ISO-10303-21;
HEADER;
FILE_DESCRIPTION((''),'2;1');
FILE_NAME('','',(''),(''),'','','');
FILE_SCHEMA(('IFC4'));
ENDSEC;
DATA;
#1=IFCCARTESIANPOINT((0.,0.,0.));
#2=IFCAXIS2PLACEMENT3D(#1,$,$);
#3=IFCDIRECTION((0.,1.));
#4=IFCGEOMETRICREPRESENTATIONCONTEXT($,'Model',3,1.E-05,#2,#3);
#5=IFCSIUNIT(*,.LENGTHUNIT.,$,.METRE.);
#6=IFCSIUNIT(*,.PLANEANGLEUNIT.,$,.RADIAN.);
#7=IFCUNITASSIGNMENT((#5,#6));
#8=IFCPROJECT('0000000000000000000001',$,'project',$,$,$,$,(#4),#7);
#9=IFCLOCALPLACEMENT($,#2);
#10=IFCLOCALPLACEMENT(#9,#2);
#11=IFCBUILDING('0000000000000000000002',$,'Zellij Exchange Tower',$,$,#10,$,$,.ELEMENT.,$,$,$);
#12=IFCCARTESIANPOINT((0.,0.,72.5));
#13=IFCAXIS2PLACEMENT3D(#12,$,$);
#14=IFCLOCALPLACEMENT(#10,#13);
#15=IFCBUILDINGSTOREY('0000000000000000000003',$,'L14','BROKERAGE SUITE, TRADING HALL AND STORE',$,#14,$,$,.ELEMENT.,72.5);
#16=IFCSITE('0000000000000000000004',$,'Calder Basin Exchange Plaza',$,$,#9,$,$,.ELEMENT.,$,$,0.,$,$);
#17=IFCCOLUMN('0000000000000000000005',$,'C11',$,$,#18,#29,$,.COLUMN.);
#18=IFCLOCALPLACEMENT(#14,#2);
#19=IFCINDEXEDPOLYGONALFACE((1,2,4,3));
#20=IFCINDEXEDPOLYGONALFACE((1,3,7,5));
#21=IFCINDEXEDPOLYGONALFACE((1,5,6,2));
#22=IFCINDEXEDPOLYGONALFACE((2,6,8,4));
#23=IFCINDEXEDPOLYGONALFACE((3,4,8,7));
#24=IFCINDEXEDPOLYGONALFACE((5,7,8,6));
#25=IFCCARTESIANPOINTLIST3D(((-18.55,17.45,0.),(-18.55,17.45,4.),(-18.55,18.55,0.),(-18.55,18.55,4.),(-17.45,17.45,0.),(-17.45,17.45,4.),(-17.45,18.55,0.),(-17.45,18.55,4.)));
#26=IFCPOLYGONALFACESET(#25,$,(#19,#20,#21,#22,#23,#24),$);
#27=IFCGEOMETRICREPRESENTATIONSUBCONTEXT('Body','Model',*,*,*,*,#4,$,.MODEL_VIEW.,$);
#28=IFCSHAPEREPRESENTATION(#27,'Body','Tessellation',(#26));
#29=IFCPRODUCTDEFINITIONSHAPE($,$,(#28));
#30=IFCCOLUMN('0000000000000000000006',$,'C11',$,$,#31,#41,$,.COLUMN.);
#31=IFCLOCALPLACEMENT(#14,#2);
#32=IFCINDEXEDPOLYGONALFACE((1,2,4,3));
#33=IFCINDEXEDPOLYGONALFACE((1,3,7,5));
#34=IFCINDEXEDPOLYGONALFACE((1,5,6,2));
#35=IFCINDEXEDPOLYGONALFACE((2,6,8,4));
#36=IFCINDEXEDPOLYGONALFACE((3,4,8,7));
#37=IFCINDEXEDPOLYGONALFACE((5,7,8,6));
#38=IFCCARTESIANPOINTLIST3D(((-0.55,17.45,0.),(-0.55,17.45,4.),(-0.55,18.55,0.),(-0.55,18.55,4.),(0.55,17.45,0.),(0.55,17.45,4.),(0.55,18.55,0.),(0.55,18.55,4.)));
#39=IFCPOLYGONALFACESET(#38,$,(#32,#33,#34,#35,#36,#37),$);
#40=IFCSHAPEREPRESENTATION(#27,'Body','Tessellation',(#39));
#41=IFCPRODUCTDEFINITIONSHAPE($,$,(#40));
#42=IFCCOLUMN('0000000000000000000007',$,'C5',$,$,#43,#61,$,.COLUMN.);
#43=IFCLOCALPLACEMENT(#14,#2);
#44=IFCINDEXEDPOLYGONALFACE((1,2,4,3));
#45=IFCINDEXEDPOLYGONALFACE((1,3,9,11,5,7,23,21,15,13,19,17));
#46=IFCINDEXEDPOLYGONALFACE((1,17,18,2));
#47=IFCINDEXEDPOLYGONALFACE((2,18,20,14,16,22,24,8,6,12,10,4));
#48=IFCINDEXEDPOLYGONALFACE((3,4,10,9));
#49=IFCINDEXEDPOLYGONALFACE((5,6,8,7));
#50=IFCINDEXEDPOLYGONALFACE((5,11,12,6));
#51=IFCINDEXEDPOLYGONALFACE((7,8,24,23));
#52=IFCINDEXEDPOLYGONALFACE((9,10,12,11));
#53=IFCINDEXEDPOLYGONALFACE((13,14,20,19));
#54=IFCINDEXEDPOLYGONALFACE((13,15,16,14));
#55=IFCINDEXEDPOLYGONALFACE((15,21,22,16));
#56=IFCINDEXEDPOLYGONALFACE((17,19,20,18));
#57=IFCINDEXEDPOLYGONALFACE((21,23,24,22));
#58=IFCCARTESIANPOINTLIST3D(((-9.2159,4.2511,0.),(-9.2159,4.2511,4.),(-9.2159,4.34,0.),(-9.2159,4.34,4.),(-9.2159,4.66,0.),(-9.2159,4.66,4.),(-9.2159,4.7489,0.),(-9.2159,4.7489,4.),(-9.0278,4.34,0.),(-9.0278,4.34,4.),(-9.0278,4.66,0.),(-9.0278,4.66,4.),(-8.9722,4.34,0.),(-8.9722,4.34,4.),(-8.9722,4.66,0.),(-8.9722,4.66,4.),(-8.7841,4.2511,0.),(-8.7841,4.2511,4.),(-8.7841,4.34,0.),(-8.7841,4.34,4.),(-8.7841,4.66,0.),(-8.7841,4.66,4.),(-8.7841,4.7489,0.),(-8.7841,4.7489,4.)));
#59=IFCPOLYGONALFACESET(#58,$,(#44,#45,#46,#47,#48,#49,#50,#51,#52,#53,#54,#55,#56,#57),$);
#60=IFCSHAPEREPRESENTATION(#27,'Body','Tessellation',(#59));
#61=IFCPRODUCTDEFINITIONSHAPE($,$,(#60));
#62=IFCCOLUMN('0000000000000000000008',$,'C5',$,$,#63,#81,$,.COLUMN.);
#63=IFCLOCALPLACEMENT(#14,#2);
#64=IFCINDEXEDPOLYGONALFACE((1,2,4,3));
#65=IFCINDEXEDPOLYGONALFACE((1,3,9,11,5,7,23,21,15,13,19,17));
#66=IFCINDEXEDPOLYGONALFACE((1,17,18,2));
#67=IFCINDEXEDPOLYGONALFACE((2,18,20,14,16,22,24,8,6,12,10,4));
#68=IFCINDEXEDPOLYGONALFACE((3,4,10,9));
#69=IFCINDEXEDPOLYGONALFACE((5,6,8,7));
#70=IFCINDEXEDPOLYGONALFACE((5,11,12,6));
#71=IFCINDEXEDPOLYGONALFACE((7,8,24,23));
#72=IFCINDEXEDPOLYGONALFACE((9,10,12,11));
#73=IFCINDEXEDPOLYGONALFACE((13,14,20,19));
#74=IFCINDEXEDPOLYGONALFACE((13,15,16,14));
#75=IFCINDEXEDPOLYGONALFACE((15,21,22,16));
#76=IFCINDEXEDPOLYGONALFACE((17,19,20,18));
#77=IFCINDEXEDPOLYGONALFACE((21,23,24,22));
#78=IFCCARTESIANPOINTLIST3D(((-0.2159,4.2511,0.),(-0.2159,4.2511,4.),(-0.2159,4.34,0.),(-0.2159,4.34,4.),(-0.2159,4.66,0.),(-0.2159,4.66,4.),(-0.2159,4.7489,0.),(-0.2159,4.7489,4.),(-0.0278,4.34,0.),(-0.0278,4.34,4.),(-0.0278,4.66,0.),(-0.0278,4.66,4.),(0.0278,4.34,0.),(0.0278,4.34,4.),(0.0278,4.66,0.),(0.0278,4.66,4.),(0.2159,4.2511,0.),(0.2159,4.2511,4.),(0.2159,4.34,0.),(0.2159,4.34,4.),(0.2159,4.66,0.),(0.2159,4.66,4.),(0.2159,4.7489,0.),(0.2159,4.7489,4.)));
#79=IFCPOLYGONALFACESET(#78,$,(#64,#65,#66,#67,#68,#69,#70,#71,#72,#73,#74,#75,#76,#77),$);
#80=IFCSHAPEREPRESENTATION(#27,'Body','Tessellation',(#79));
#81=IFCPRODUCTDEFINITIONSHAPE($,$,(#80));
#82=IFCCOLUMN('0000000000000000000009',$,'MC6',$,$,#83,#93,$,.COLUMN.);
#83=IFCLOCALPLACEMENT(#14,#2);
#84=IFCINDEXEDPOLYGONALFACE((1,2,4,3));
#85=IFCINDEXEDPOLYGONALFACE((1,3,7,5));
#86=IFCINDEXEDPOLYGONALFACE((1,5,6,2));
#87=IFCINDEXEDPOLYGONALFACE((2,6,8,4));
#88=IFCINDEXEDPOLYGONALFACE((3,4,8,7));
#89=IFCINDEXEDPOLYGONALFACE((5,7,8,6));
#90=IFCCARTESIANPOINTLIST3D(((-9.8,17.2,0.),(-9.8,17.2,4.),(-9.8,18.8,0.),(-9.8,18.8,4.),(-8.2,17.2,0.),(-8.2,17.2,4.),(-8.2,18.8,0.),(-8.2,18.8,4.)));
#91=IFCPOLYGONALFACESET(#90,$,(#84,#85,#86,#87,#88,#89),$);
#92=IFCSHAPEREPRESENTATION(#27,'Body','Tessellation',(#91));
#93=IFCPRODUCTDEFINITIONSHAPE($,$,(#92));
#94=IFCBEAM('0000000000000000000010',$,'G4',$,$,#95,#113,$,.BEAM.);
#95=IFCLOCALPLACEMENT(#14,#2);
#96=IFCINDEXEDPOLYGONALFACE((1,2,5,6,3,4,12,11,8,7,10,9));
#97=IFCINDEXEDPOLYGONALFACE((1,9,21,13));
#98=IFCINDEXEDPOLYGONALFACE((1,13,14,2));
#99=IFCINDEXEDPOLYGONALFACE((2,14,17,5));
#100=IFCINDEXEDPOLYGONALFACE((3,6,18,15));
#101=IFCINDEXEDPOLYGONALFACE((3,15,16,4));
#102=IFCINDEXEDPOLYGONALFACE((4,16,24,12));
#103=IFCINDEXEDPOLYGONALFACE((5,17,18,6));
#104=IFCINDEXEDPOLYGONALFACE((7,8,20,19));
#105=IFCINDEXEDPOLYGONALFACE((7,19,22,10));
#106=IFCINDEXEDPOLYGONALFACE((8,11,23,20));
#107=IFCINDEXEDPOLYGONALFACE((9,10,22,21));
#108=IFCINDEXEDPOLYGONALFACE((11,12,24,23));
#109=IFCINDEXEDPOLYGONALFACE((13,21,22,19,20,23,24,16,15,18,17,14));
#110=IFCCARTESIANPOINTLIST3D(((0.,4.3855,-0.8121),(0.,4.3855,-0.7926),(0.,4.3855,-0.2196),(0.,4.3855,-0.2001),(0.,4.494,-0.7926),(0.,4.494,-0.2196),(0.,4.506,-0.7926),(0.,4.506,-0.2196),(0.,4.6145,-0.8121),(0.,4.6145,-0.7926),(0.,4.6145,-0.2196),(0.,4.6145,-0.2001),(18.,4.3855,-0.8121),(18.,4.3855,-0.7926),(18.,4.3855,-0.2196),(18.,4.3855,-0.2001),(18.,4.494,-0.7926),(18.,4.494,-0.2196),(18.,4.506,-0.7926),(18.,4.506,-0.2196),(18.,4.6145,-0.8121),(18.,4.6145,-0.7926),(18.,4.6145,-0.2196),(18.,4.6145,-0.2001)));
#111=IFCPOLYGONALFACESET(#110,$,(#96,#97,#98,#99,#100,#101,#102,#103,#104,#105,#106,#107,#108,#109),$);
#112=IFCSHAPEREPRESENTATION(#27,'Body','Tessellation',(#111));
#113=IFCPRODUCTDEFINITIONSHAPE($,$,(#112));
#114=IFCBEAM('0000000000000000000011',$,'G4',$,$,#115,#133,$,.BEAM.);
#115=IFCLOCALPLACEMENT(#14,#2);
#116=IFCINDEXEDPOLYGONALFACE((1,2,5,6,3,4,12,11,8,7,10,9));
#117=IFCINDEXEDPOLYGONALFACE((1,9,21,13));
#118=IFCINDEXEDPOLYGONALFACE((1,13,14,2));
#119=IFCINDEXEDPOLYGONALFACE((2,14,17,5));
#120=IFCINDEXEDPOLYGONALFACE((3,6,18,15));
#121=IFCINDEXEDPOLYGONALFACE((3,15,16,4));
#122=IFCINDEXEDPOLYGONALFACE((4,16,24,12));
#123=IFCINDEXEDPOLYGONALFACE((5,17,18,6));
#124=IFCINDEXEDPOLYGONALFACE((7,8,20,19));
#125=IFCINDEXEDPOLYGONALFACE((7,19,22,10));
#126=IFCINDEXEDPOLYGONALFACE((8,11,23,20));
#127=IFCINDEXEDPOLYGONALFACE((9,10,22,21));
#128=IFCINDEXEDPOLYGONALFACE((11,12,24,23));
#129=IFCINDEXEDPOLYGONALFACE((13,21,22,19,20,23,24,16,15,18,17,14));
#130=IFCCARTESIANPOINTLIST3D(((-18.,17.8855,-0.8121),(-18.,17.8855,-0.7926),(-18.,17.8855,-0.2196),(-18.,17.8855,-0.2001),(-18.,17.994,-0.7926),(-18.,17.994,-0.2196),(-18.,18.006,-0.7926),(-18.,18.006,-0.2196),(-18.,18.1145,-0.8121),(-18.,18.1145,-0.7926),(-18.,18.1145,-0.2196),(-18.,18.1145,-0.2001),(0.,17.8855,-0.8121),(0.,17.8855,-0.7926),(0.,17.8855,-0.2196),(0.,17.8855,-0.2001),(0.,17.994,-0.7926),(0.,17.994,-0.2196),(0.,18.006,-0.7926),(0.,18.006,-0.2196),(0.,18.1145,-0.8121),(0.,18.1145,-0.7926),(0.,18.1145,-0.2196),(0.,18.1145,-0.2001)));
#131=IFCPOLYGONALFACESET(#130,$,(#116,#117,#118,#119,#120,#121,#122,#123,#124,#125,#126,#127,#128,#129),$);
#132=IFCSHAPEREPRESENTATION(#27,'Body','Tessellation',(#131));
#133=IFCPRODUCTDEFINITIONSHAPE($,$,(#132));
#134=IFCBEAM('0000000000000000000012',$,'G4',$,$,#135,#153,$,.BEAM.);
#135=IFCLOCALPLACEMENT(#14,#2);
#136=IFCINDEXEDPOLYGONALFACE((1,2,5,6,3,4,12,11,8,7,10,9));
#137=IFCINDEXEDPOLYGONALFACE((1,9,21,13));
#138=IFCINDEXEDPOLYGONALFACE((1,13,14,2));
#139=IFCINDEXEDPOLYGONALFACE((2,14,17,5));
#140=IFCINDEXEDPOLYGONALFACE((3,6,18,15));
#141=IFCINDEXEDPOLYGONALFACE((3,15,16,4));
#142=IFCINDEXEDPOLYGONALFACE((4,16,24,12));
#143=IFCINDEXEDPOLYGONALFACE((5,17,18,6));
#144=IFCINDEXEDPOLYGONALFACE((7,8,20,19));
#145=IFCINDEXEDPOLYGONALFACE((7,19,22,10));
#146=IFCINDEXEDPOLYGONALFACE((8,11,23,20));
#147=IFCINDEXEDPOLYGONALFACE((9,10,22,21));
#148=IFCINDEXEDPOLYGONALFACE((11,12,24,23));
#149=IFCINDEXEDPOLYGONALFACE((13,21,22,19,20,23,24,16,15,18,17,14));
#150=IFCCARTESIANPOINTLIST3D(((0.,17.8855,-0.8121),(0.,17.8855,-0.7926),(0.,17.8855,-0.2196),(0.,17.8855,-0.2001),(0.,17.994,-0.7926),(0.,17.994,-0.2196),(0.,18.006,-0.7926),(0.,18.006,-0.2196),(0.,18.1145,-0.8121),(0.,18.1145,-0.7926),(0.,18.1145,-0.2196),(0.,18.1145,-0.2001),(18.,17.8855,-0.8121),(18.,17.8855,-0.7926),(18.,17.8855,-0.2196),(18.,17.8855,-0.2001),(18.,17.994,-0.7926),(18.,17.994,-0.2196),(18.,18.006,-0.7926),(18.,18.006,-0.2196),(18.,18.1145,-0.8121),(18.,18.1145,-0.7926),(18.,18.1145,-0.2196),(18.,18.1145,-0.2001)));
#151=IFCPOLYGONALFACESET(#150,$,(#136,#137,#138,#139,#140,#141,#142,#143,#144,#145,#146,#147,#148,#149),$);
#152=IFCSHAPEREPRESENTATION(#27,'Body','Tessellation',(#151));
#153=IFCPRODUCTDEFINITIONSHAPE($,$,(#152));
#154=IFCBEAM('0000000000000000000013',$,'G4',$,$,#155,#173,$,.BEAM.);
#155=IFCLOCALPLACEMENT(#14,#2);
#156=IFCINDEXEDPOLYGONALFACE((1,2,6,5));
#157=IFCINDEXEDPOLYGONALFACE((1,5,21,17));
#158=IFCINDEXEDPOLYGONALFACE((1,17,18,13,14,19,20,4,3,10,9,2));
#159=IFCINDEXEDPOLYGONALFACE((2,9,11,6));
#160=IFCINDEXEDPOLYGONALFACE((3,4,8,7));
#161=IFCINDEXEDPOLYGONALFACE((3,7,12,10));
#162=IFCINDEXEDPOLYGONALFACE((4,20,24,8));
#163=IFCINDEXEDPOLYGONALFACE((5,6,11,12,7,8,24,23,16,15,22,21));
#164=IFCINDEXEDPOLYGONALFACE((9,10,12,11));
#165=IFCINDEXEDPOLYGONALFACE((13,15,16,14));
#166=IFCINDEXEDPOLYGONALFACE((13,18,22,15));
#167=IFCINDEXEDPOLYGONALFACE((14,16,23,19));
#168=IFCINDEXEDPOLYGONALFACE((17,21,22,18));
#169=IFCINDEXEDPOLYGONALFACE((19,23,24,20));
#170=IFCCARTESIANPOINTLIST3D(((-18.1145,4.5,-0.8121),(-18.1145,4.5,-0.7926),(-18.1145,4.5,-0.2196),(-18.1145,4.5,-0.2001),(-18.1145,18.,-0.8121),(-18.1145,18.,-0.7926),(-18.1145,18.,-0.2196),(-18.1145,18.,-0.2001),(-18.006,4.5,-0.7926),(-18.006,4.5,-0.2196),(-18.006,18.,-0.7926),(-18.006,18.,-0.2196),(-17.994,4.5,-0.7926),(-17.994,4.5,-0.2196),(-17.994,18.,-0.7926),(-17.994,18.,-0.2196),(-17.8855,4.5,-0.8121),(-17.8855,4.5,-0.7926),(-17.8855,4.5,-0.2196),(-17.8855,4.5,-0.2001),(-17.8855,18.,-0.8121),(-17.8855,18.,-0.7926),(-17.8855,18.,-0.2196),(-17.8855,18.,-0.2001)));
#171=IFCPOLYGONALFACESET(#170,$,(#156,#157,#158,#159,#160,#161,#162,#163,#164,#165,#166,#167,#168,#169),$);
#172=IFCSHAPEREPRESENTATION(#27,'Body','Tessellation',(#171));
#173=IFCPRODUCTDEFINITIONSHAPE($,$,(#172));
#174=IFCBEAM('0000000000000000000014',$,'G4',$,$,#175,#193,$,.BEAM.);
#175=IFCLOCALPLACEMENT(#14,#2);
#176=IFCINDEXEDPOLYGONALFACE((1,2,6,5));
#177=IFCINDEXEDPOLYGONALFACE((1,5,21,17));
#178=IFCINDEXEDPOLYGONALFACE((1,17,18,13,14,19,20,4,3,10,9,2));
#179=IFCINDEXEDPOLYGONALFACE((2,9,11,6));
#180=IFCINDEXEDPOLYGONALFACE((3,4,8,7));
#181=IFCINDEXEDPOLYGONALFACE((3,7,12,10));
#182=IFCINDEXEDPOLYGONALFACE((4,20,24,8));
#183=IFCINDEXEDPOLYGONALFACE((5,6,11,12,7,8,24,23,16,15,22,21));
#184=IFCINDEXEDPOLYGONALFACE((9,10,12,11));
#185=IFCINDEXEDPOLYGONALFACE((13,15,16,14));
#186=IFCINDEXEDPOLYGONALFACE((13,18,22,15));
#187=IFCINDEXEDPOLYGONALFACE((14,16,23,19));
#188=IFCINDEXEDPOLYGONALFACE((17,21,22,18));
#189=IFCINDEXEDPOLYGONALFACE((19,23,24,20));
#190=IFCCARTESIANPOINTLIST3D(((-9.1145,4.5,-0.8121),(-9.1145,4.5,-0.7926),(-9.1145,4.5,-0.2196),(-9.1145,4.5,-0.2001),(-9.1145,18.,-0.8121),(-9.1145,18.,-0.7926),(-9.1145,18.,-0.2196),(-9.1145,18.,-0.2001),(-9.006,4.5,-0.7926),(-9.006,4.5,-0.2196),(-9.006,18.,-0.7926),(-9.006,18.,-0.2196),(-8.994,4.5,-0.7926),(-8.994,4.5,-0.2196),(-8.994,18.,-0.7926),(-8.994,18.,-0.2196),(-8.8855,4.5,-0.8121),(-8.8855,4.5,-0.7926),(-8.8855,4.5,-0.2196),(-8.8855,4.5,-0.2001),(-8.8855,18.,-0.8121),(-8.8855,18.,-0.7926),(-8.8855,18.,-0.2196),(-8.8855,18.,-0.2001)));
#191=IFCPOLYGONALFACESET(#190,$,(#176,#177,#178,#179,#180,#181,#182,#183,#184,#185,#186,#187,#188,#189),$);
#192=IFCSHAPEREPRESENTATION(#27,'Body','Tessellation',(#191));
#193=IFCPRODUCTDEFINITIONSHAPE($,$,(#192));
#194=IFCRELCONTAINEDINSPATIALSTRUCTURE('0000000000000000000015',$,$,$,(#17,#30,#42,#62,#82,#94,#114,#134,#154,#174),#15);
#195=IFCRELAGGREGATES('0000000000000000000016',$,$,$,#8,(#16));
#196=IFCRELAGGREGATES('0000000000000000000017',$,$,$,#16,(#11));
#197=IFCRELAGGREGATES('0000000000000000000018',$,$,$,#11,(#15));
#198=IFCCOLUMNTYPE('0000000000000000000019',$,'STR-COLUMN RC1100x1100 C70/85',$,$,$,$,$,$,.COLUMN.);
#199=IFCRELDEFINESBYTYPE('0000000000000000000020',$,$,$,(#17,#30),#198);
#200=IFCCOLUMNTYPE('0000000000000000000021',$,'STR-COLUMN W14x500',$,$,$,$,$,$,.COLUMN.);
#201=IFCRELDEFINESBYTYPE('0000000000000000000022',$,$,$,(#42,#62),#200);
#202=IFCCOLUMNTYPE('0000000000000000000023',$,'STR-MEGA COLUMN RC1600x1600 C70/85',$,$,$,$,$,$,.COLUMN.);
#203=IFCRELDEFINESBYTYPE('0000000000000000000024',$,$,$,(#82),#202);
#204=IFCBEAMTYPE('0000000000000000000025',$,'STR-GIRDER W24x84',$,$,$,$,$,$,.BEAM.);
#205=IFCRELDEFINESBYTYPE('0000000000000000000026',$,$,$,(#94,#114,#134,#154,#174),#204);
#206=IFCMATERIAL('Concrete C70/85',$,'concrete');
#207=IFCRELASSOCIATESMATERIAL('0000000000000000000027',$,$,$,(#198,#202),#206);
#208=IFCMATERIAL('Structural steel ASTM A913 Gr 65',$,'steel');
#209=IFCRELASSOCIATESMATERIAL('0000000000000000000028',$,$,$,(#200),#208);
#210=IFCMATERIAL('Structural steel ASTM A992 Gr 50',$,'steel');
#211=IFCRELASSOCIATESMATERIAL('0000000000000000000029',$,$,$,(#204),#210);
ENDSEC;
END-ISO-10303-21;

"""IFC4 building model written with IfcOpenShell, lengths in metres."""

from ifc_helpers import new_model, si_unit, direction, frame, origin, origin_2d, place, context, subcontext, project, spatial, rectangle, i_section, extrude, material, material_profile, profile_set, type_object, element, save


model = new_model("IFC4")

# Units and contexts
model_context = context("Model", 3, precision=1e-05, world=origin(), true_north=direction((0.0, 1.0)))
body_context = subcontext(model_context, "Body", "Model", "MODEL_VIEW")
ifc_project = project(units=[si_unit("LENGTHUNIT", "METRE"), si_unit("PLANEANGLEUNIT", "RADIAN")], contexts=[model_context])

# Site, building, storey
site_placement = place(None, origin())
site = spatial("IfcSite", under=ifc_project, at=site_placement, Name="Calder Basin Exchange Plaza", CompositionType="ELEMENT", RefElevation=0.0)
building_placement = place(site_placement, origin())
building = spatial("IfcBuilding", under=site, at=building_placement, Name="Zellij Exchange Tower", CompositionType="ELEMENT")
storey_placement = place(building_placement, frame((0.0, 0.0, 72.5)))
storey = spatial("IfcBuildingStorey", under=building, at=storey_placement, Name="L14", Description="BROKERAGE SUITE, TRADING HALL AND STORE", CompositionType="ELEMENT", Elevation=72.5)

# Columns
ifc_material_1 = material(Name="Concrete C70/85", Category="concrete")
ifc_material_profile_1 = material_profile(ifc_material_1, rectangle(XDim=1.1001, YDim=1.1001, at=origin_2d()), Name="STR-COLUMN RC1100x1100 C70/85")
ifc_profile_set_1 = profile_set([ifc_material_profile_1], Name="Concrete C70/85")
column_type_1 = type_object("IfcColumnType", Name="STR-COLUMN RC1100x1100 C70/85", PredefinedType="COLUMN", material=ifc_profile_set_1)
for number, where, z_axis, x_axis, name in (
    (1, (-18.0, 18.0, 0.0), (0.0, 0.0, 1.0), (1.0, 0.0, 0.0), "C11"),
    (2, (0.0, 18.0, 0.0), (0.0, 0.0, 1.0), (1.0, 0.0, 0.0), "C11"),
):
    element("IfcColumn", number, at=place(storey_placement, frame(where, z_axis=z_axis, x_axis=x_axis)), inside=storey, type_object=column_type_1, Name=name, PredefinedType="COLUMN", context=body_context, shape_type="SweptSolid", body=[
        extrude(rectangle(XDim=1.1001, YDim=1.1001, at=origin_2d()), origin(), (0.0, 0.0, 1.0), 4.0),
    ])
ifc_material_2 = material(Name="Structural steel ASTM A913 Gr 65", Category="steel")
ifc_material_profile_2 = material_profile(ifc_material_2, i_section(OverallWidth=0.4319, OverallDepth=0.4978, WebThickness=0.0557, FlangeThickness=0.0889, at=origin_2d()), Name="W14x500")
ifc_profile_set_2 = profile_set([ifc_material_profile_2], Name="Structural steel ASTM A913 Gr 65")
column_type_2 = type_object("IfcColumnType", Name="STR-COLUMN W14x500", PredefinedType="COLUMN", material=ifc_profile_set_2)
for number, where, z_axis, x_axis, name in (
    (3, (-9.0, 4.5, 0.0), (0.0, 0.0, 1.0), (1.0, 0.0, 0.0), "C5"),
    (4, (0.0, 4.5, 0.0), (0.0, 0.0, 1.0), (1.0, 0.0, 0.0), "C5"),
):
    element("IfcColumn", number, at=place(storey_placement, frame(where, z_axis=z_axis, x_axis=x_axis)), inside=storey, type_object=column_type_2, Name=name, PredefinedType="COLUMN", context=body_context, shape_type="SweptSolid", body=[
        extrude(i_section(OverallWidth=0.4319, OverallDepth=0.4978, WebThickness=0.0557, FlangeThickness=0.0889, at=origin_2d()), origin(), (0.0, 0.0, 1.0), 4.0),
    ])
ifc_material_profile_3 = material_profile(ifc_material_1, rectangle(XDim=1.6001, YDim=1.6001, at=origin_2d()), Name="STR-MEGA COLUMN RC1600x1600 C70/85")
ifc_profile_set_3 = profile_set([ifc_material_profile_3], Name="Concrete C70/85")
column_type_3 = type_object("IfcColumnType", Name="STR-MEGA COLUMN RC1600x1600 C70/85", PredefinedType="COLUMN", material=ifc_profile_set_3)
column_placement = place(storey_placement, frame((-9.0, 18.0, 0.0), z_axis=(0.0, 0.0, 1.0), x_axis=(1.0, 0.0, 0.0)))
element("IfcColumn", 5, at=column_placement, inside=storey, type_object=column_type_3, Name="MC6", PredefinedType="COLUMN", context=body_context, shape_type="SweptSolid", body=[
    extrude(rectangle(XDim=1.6001, YDim=1.6001, at=origin_2d()), origin(), (0.0, 0.0, 1.0), 4.0),
])

# Beams
ifc_material_3 = material(Name="Structural steel ASTM A992 Gr 50", Category="steel")
ifc_material_profile_4 = material_profile(ifc_material_3, i_section(OverallWidth=0.229, OverallDepth=0.6121, WebThickness=0.012, FlangeThickness=0.0195, at=origin_2d()), Name="W24x84")
ifc_profile_set_4 = profile_set([ifc_material_profile_4], Name="Structural steel ASTM A992 Gr 50")
beam_type = type_object("IfcBeamType", Name="STR-GIRDER W24x84", PredefinedType="BEAM", material=ifc_profile_set_4)
for number, where, z_axis, x_axis, name in (
    (6, (0.0, 4.5, -0.5061), (1.0, 0.0, 0.0), (0.0, 1.0, 0.0), "G4"),
    (7, (-18.0, 18.0, -0.5061), (1.0, 0.0, 0.0), (0.0, 1.0, 0.0), "G4"),
    (8, (0.0, 18.0, -0.5061), (1.0, 0.0, 0.0), (0.0, 1.0, 0.0), "G4"),
):
    element("IfcBeam", number, at=place(storey_placement, frame(where, z_axis=z_axis, x_axis=x_axis)), inside=storey, type_object=beam_type, Name=name, PredefinedType="BEAM", context=body_context, shape_type="SweptSolid", body=[
        extrude(i_section(OverallWidth=0.229, OverallDepth=0.6121, WebThickness=0.012, FlangeThickness=0.0195, at=origin_2d()), origin(), (0.0, 0.0, 1.0), 18.0),
    ])
for number, where, z_axis, x_axis, name in (
    (9, (-18.0, 4.5, -0.5061), (0.0, 1.0, 0.0), (-1.0, 0.0, 0.0), "G4"),
    (10, (-9.0, 4.5, -0.5061), (0.0, 1.0, 0.0), (-1.0, 0.0, 0.0), "G4"),
):
    element("IfcBeam", number, at=place(storey_placement, frame(where, z_axis=z_axis, x_axis=x_axis)), inside=storey, type_object=beam_type, Name=name, PredefinedType="BEAM", context=body_context, shape_type="SweptSolid", body=[
        extrude(i_section(OverallWidth=0.229, OverallDepth=0.6121, WebThickness=0.012, FlangeThickness=0.0195, at=origin_2d()), origin(), (0.0, 0.0, 1.0), 13.5),
    ])

save(model, "model.ifc")
